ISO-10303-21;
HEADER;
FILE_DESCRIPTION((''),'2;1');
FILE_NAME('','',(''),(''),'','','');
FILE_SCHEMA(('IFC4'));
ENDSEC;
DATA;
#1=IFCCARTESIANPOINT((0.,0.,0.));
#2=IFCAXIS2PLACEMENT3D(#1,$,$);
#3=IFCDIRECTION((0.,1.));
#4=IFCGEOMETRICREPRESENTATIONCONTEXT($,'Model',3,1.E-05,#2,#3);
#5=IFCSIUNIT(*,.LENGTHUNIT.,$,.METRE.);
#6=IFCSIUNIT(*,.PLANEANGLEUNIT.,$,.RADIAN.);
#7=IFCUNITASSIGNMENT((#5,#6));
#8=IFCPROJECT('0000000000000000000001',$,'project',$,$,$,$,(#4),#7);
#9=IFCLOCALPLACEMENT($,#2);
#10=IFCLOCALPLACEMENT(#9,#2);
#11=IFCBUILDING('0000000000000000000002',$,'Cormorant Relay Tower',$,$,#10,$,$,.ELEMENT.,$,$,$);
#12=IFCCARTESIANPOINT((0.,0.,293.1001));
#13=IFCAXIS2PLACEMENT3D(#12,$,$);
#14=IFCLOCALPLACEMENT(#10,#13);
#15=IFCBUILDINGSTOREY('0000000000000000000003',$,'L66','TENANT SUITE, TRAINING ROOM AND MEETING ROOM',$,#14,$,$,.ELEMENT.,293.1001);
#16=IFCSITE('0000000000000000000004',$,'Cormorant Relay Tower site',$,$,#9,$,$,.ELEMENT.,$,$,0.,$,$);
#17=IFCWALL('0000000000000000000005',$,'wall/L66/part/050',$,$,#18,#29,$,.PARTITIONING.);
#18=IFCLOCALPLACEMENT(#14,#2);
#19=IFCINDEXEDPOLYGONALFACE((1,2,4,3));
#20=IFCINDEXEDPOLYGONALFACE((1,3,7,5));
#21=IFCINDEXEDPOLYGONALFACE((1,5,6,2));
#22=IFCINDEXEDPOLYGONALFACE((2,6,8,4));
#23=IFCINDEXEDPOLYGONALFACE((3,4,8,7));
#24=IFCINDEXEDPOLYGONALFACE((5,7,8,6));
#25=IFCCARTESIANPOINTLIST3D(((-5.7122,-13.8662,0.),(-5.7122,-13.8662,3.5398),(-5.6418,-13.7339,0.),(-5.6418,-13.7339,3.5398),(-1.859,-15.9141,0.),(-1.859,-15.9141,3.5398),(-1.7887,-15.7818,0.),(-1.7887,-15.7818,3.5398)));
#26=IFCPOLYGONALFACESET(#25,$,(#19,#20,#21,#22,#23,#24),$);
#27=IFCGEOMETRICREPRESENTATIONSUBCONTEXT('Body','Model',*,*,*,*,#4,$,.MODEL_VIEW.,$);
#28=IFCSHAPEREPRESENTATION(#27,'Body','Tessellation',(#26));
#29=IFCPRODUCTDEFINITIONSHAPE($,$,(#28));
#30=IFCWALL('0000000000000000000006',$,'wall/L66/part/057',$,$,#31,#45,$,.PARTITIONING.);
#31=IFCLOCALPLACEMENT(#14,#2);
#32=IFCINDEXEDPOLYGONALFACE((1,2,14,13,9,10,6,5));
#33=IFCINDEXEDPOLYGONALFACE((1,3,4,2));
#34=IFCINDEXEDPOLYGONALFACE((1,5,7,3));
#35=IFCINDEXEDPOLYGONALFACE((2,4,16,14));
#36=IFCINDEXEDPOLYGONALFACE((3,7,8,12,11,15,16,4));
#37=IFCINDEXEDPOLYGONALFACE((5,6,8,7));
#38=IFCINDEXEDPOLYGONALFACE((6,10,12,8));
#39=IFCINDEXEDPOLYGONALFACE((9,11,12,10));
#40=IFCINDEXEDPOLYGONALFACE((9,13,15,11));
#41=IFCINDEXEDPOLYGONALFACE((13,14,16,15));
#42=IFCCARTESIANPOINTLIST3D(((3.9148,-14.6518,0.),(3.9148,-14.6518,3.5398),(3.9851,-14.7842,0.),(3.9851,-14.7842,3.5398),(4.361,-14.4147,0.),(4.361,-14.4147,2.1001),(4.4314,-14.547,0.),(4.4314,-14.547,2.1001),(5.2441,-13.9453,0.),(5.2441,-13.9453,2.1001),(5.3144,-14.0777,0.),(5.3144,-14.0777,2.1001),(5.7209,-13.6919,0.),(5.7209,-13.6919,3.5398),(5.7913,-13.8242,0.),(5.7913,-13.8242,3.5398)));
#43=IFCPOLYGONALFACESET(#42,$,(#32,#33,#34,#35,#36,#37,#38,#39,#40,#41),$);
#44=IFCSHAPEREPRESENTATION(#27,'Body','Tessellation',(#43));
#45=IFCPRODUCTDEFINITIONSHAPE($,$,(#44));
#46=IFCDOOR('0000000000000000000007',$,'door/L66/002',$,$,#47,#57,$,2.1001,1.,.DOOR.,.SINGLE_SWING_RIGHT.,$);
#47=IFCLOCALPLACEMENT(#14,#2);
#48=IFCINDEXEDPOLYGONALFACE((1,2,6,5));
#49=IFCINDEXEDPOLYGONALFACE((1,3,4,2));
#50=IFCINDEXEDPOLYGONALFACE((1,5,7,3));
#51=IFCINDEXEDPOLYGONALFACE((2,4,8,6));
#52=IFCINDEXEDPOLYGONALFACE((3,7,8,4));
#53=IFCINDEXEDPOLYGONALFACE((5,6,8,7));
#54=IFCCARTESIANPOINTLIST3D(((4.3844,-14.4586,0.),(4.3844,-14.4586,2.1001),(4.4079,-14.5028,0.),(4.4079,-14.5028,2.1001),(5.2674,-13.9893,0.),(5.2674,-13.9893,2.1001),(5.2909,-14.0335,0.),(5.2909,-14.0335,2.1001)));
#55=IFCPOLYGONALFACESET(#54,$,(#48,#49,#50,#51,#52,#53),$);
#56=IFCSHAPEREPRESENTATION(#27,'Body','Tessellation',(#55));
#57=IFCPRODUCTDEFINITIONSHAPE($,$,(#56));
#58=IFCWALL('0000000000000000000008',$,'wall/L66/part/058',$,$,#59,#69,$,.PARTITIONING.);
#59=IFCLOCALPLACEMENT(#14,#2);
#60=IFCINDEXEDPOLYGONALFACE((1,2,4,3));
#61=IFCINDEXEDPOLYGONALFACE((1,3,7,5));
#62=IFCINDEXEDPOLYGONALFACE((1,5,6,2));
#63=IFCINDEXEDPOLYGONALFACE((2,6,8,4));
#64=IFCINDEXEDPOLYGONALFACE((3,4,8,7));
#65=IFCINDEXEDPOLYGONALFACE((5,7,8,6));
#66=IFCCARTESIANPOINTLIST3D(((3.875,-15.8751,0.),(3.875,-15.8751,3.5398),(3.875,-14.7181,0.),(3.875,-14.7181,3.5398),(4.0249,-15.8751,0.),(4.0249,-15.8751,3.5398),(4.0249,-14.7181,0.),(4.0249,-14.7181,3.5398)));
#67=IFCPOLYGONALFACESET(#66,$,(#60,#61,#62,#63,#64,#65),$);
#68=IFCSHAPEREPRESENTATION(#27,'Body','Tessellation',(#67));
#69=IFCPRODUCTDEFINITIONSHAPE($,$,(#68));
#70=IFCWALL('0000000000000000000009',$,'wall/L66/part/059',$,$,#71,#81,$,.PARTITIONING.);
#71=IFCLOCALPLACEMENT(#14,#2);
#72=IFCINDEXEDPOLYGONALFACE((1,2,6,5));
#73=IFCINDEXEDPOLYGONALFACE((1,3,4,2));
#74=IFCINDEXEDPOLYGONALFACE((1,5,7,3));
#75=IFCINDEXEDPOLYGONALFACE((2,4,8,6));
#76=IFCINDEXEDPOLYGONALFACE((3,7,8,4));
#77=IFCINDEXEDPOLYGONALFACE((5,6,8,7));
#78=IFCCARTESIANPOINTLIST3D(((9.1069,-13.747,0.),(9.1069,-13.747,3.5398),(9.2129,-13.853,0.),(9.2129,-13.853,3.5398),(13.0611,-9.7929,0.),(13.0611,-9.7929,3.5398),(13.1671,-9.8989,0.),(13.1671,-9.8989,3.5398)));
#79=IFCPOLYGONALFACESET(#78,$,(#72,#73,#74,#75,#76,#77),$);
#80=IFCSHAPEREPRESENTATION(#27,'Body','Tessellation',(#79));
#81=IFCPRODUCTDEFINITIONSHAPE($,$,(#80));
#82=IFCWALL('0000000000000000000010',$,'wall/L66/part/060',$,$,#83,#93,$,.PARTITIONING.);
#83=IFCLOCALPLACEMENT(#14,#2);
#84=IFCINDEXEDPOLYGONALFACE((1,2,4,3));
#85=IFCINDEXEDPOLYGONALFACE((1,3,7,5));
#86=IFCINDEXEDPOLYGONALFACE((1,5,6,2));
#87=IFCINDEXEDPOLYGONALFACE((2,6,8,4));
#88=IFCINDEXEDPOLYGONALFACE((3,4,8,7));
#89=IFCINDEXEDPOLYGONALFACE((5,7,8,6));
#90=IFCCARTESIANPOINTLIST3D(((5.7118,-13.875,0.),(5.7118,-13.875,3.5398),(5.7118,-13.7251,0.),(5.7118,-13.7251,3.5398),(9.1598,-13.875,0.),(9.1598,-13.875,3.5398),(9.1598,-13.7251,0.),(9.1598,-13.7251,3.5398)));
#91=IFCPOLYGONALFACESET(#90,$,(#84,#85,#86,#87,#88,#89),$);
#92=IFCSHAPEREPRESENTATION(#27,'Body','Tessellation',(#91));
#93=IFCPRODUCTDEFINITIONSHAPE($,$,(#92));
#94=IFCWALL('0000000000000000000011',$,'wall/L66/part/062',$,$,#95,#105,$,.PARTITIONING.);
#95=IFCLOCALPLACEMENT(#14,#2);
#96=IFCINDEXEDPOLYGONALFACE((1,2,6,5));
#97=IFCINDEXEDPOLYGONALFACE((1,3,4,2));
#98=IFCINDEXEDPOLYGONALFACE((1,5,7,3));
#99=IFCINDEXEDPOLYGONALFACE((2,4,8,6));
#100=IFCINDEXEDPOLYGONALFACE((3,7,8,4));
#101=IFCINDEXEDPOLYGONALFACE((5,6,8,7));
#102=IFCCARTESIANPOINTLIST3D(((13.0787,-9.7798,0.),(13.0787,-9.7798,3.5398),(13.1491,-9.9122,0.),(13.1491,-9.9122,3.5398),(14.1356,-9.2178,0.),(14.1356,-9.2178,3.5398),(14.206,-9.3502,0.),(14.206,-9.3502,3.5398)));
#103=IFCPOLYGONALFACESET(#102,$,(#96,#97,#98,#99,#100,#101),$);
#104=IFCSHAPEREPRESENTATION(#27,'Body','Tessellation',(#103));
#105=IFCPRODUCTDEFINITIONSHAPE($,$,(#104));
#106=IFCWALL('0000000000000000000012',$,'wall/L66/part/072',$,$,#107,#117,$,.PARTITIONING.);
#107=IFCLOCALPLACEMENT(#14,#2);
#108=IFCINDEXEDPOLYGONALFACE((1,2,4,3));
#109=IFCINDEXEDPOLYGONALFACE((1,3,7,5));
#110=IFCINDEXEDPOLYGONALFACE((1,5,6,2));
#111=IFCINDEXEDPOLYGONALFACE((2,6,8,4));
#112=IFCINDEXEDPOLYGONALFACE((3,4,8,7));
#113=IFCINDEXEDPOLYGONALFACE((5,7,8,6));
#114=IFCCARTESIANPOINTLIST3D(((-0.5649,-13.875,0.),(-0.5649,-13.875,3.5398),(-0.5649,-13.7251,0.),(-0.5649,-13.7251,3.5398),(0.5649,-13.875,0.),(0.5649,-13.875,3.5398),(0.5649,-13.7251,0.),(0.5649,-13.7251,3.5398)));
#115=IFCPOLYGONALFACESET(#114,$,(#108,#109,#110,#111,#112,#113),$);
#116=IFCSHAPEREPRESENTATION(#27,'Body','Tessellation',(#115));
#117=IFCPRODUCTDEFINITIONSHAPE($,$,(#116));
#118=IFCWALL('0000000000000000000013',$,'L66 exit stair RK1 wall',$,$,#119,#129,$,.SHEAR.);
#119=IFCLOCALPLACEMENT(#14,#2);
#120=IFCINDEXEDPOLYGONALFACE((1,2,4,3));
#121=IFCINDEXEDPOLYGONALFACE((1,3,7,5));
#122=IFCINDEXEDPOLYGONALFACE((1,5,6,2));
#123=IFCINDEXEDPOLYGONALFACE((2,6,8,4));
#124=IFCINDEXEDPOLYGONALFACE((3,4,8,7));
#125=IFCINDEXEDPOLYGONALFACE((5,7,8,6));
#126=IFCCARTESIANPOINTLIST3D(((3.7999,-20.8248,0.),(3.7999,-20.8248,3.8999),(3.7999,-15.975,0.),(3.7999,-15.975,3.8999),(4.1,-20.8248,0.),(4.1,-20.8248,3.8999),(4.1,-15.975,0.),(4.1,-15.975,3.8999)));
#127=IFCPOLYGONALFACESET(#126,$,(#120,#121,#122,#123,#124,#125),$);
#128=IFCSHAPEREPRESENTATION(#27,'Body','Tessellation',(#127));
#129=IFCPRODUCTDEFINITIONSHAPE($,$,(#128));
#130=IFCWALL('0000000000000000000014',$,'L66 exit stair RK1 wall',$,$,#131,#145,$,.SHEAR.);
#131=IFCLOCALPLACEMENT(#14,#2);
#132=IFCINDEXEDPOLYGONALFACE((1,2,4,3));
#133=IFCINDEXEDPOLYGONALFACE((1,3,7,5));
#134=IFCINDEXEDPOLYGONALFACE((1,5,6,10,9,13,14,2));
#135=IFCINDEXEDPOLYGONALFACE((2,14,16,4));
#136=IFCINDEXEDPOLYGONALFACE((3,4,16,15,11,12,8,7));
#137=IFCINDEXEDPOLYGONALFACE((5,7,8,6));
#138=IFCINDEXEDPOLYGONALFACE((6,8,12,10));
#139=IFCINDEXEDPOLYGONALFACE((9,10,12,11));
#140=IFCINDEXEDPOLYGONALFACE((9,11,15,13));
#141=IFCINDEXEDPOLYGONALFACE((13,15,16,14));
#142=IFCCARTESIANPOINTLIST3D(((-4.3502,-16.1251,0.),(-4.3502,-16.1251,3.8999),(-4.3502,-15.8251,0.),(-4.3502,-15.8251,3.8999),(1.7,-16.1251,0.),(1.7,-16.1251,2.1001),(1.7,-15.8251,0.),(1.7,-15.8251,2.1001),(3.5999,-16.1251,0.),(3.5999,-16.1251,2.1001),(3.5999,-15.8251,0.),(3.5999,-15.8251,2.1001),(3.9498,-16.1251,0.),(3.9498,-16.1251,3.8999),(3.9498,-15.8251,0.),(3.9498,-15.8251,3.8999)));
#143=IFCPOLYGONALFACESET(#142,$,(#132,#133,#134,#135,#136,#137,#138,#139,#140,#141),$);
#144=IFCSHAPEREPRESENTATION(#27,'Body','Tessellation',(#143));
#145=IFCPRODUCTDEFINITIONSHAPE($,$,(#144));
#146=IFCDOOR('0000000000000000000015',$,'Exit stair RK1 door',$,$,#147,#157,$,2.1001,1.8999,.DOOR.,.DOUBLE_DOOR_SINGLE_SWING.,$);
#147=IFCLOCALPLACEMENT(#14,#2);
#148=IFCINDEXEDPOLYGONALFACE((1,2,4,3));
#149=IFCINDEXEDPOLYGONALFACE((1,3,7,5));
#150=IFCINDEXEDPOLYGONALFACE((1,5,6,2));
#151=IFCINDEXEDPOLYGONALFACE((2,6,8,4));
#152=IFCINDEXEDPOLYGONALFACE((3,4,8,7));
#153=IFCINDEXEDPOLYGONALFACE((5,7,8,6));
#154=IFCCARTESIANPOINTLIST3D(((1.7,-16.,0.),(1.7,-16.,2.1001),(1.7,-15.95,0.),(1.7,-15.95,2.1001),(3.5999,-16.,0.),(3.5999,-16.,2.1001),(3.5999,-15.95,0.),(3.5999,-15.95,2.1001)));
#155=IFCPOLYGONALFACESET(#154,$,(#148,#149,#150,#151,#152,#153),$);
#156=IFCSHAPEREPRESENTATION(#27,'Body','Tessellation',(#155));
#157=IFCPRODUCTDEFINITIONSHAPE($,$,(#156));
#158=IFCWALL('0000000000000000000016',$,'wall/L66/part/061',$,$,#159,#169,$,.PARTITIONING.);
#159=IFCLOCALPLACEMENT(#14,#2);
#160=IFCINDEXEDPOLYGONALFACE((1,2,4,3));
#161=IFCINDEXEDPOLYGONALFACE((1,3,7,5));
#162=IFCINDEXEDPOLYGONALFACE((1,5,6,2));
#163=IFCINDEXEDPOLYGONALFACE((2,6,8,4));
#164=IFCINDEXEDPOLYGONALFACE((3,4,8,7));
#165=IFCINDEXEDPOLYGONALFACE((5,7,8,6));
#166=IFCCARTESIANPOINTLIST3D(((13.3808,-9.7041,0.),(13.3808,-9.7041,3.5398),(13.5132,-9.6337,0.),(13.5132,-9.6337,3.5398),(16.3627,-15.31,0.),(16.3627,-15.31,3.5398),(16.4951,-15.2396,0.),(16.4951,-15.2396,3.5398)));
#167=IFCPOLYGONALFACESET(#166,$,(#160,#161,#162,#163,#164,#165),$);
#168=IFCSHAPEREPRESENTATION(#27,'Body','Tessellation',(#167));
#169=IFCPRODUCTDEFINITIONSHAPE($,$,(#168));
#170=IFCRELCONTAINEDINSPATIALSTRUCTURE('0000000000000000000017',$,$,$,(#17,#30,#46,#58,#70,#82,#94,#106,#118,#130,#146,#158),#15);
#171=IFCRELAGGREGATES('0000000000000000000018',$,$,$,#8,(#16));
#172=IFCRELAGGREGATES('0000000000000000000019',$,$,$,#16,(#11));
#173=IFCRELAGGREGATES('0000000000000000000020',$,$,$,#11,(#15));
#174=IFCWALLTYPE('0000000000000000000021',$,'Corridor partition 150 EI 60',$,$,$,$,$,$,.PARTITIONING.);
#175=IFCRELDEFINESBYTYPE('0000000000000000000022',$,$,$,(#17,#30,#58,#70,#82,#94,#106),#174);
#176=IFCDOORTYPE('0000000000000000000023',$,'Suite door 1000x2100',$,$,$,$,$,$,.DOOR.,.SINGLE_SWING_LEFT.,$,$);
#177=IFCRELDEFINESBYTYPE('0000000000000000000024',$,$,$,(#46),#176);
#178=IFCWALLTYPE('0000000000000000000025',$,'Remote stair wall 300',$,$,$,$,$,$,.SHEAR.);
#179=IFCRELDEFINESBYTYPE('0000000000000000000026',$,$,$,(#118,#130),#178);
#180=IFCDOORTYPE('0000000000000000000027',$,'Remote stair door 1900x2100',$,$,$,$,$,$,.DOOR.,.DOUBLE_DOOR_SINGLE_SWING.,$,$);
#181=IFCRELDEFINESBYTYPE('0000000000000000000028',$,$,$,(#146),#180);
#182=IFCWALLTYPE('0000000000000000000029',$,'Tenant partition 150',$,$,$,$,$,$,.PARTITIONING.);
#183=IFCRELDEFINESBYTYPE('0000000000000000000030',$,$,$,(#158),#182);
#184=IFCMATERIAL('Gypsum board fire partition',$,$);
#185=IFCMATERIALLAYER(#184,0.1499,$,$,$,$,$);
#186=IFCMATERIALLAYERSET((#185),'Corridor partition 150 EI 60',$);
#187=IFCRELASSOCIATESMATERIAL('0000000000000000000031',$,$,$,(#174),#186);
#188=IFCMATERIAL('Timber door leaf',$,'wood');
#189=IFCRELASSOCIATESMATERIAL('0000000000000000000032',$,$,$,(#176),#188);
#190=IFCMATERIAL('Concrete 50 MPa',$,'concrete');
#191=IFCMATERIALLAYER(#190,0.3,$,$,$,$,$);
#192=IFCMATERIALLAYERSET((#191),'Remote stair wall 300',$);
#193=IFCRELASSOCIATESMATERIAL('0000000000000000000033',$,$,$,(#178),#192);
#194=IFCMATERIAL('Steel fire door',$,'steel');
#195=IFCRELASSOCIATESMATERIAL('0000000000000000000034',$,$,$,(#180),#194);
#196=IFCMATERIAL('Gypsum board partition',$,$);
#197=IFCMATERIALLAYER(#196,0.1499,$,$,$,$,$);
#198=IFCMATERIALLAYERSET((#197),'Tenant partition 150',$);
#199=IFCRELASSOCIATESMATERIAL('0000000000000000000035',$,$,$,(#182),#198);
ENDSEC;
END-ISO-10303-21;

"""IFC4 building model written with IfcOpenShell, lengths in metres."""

from ifc_helpers import new_model, si_unit, direction, frame, frame_2d, origin, place, context, subcontext, project, spatial, rectangle, extrude, material, layer, layer_set, type_object, element, fill, save


model = new_model("IFC4")

# Units and contexts
model_context = context("Model", 3, precision=1e-05, world=origin(), true_north=direction((0.0, 1.0)))
body_context = subcontext(model_context, "Body", "Model", "MODEL_VIEW")
ifc_project = project(units=[si_unit("LENGTHUNIT", "METRE"), si_unit("PLANEANGLEUNIT", "RADIAN")], contexts=[model_context])

# Site, building, storey
site_placement = place(None, origin())
site = spatial("IfcSite", under=ifc_project, at=site_placement, Name="Cormorant Relay Tower site", CompositionType="ELEMENT", RefElevation=0.0)
building_placement = place(site_placement, origin())
building = spatial("IfcBuilding", under=site, at=building_placement, Name="Cormorant Relay Tower", CompositionType="ELEMENT")
storey_placement = place(building_placement, frame((0.0, 0.0, 293.1001)))
storey = spatial("IfcBuildingStorey", under=building, at=storey_placement, Name="L66", Description="TENANT SUITE, TRAINING ROOM AND MEETING ROOM", CompositionType="ELEMENT", Elevation=293.1001)

# Shared definitions
ifc_material_1 = material(Name="Gypsum board fire partition")
ifc_layer_1 = layer(ifc_material_1, 0.1499)
ifc_layer_set_1 = layer_set([ifc_layer_1], Name="Corridor partition 150 EI 60")
wall_type_1 = type_object("IfcWallType", Name="Corridor partition 150 EI 60", PredefinedType="PARTITIONING", material=ifc_layer_set_1)
ifc_material_2 = material(Name="Timber door leaf", Category="wood")
door_type_1 = type_object("IfcDoorType", Name="Suite door 1000x2100", OperationType="SINGLE_SWING_LEFT", PredefinedType="DOOR", material=ifc_material_2)

# Wall
wall_1_placement = place(storey_placement, frame((-1.824, -15.8479, 0.0), z_axis=(0.0, 0.0, 1.0), x_axis=(-0.883027, 0.469322, 0.0)))
element("IfcWall", 1, at=wall_1_placement, inside=storey, type_object=wall_type_1, Name="wall/L66/part/050", PredefinedType="PARTITIONING", context=body_context, shape_type="SweptSolid", body=[
    extrude(rectangle(XDim=4.3635, YDim=0.1499, at=frame_2d((2.1816, 0.0))), origin(), (0.0, 0.0, 1.0), 3.5398),
])

# Wall, opening, door
wall_2_placement = place(storey_placement, frame((5.7561, -13.7581, 0.0), z_axis=(0.0, 0.0, 1.0), x_axis=(-0.883026, -0.469324, 0.0)))
wall_2 = element("IfcWall", 2, at=wall_2_placement, inside=storey, type_object=wall_type_1, Name="wall/L66/part/057", PredefinedType="PARTITIONING", context=body_context, shape_type="SweptSolid", body=[
    extrude(rectangle(XDim=2.0454, YDim=0.1499, at=frame_2d((1.0227, 0.0))), origin(), (0.0, 0.0, 1.0), 3.5398),
])
opening_1_placement = place(wall_2_placement, frame((0.54, 0.0, 0.0)))
opening_1 = element("IfcOpeningElement", 3, at=opening_1_placement, cuts=wall_2, PredefinedType="OPENING", context=body_context, shape_type="SweptSolid", body=[
    extrude(rectangle(XDim=1.0, YDim=2.1001, at=frame_2d((0.5, 1.05))), frame((0.0, 0.085, 0.0), z_axis=(0.0, -1.0, 0.0), x_axis=(1.0, 0.0, 0.0)), (0.0, 0.0, 1.0), 0.1699),
])
door_1_placement = place(opening_1_placement, origin())
door_1 = element("IfcDoor", 4, at=door_1_placement, inside=storey, type_object=door_type_1, Name="door/L66/002", OperationType="SINGLE_SWING_RIGHT", OverallHeight=2.1001, OverallWidth=1.0, PredefinedType="DOOR", context=body_context, shape_type="SweptSolid", body=[
    extrude(rectangle(XDim=1.0, YDim=2.1001, at=frame_2d((0.5, 1.05))), frame((0.0, 0.0249, 0.0), z_axis=(0.0, -1.0, 0.0), x_axis=(1.0, 0.0, 0.0)), (0.0, 0.0, 1.0), 0.05),
])
fill(opening_1, door_1)

# Walls
wall_3_placement = place(storey_placement, frame((3.95, -14.718, 0.0), z_axis=(0.0, 0.0, 1.0), x_axis=(0.0, -1.0, 0.0)))
element("IfcWall", 5, at=wall_3_placement, inside=storey, type_object=wall_type_1, Name="wall/L66/part/058", PredefinedType="PARTITIONING", context=body_context, shape_type="SweptSolid", body=[
    extrude(rectangle(XDim=1.157, YDim=0.1499, at=frame_2d((0.5786, 0.0))), origin(), (0.0, 0.0, 1.0), 3.5398),
])
wall_4_placement = place(storey_placement, frame((13.114, -9.8459, 0.0), z_axis=(0.0, 0.0, 1.0), x_axis=(-0.707107, -0.707107, 0.0)))
element("IfcWall", 6, at=wall_4_placement, inside=storey, type_object=wall_type_1, Name="wall/L66/part/059", PredefinedType="PARTITIONING", context=body_context, shape_type="SweptSolid", body=[
    extrude(rectangle(XDim=5.592, YDim=0.1499, at=frame_2d((2.7959, 0.0))), origin(), (0.0, 0.0, 1.0), 3.5398),
])
wall_5_placement = place(storey_placement, frame((9.1599, -13.8, 0.0), z_axis=(0.0, 0.0, 1.0), x_axis=(-1.0, 0.0, 0.0)))
element("IfcWall", 7, at=wall_5_placement, inside=storey, type_object=wall_type_1, Name="wall/L66/part/060", PredefinedType="PARTITIONING", context=body_context, shape_type="SweptSolid", body=[
    extrude(rectangle(XDim=3.448, YDim=0.1499, at=frame_2d((1.7241, 0.0))), origin(), (0.0, 0.0, 1.0), 3.5398),
])
wall_6_placement = place(storey_placement, frame((14.1709, -9.2839, 0.0), z_axis=(0.0, 0.0, 1.0), x_axis=(-0.882928, -0.469508, 0.0)))
element("IfcWall", 8, at=wall_6_placement, inside=storey, type_object=wall_type_1, Name="wall/L66/part/062", PredefinedType="PARTITIONING", context=body_context, shape_type="SweptSolid", body=[
    extrude(rectangle(XDim=1.197, YDim=0.1499, at=frame_2d((0.5986, 0.0))), origin(), (0.0, 0.0, 1.0), 3.5398),
])
wall_7_placement = place(storey_placement, frame((0.5649, -13.8, 0.0), z_axis=(0.0, 0.0, 1.0), x_axis=(-1.0, 0.0, 0.0)))
element("IfcWall", 9, at=wall_7_placement, inside=storey, type_object=wall_type_1, Name="wall/L66/part/072", PredefinedType="PARTITIONING", context=body_context, shape_type="SweptSolid", body=[
    extrude(rectangle(XDim=1.1299, YDim=0.1499, at=frame_2d((0.5649, 0.0))), origin(), (0.0, 0.0, 1.0), 3.5398),
])
ifc_material_3 = material(Name="Concrete 50 MPa", Category="concrete")
ifc_layer_2 = layer(ifc_material_3, 0.3)
ifc_layer_set_2 = layer_set([ifc_layer_2], Name="Remote stair wall 300")
wall_type_2 = type_object("IfcWallType", Name="Remote stair wall 300", PredefinedType="SHEAR", material=ifc_layer_set_2)
wall_8_placement = place(storey_placement, frame((3.95, -15.9751, 0.0), z_axis=(0.0, 0.0, 1.0), x_axis=(0.0, -1.0, 0.0)))
element("IfcWall", 10, at=wall_8_placement, inside=storey, type_object=wall_type_2, Name="L66 exit stair RK1 wall", PredefinedType="SHEAR", context=body_context, shape_type="SweptSolid", body=[
    extrude(rectangle(XDim=4.8499, YDim=0.3, at=frame_2d((2.4248, 0.0))), origin(), (0.0, 0.0, 1.0), 3.8999),
])

# Wall, opening, door
wall_9_placement = place(storey_placement, frame((-4.3501, -15.9751, 0.0), z_axis=(0.0, 0.0, 1.0), x_axis=(1.0, 0.0, 0.0)))
wall_9 = element("IfcWall", 11, at=wall_9_placement, inside=storey, type_object=wall_type_2, Name="L66 exit stair RK1 wall", PredefinedType="SHEAR", context=body_context, shape_type="SweptSolid", body=[
    extrude(rectangle(XDim=8.3, YDim=0.3, at=frame_2d((4.1499, 0.0))), origin(), (0.0, 0.0, 1.0), 3.8999),
])
opening_2_placement = place(wall_9_placement, frame((6.05, 0.0, 0.0)))
opening_2 = element("IfcOpeningElement", 12, at=opening_2_placement, cuts=wall_9, PredefinedType="OPENING", context=body_context, shape_type="SweptSolid", body=[
    extrude(rectangle(XDim=1.8999, YDim=2.1001, at=frame_2d((0.95, 1.05))), frame((0.0, 0.1599, 0.0), z_axis=(0.0, -1.0, 0.0), x_axis=(1.0, 0.0, 0.0)), (0.0, 0.0, 1.0), 0.3201),
])
ifc_material_4 = material(Name="Steel fire door", Category="steel")
door_type_2 = type_object("IfcDoorType", Name="Remote stair door 1900x2100", OperationType="DOUBLE_DOOR_SINGLE_SWING", PredefinedType="DOOR", material=ifc_material_4)
door_2_placement = place(opening_2_placement, frame((1.8999, 0.0, 0.0), z_axis=(0.0, 0.0, 1.0), x_axis=(-1.0, 0.0, 0.0)))
door_2 = element("IfcDoor", 13, at=door_2_placement, inside=storey, type_object=door_type_2, Name="Exit stair RK1 door", OperationType="DOUBLE_DOOR_SINGLE_SWING", OverallHeight=2.1001, OverallWidth=1.8999, PredefinedType="DOOR", context=body_context, shape_type="SweptSolid", body=[
    extrude(rectangle(XDim=1.8999, YDim=2.1001, at=frame_2d((0.95, 1.05))), frame((0.0, 0.0249, 0.0), z_axis=(0.0, -1.0, 0.0), x_axis=(1.0, 0.0, 0.0)), (0.0, 0.0, 1.0), 0.05),
])
fill(opening_2, door_2)

# Wall
ifc_material_5 = material(Name="Gypsum board partition")
ifc_layer_3 = layer(ifc_material_5, 0.1499)
ifc_layer_set_3 = layer_set([ifc_layer_3], Name="Tenant partition 150")
wall_type_3 = type_object("IfcWallType", Name="Tenant partition 150", PredefinedType="PARTITIONING", material=ifc_layer_set_3)
wall_10_placement = place(storey_placement, frame((13.447, -9.6689, 0.0), z_axis=(0.0, 0.0, 1.0), x_axis=(0.469618, -0.88287, 0.0)))
element("IfcWall", 14, at=wall_10_placement, inside=storey, type_object=wall_type_3, Name="wall/L66/part/061", PredefinedType="PARTITIONING", context=body_context, shape_type="SweptSolid", body=[
    extrude(rectangle(XDim=6.3496, YDim=0.1499, at=frame_2d((3.1748, 0.0))), origin(), (0.0, 0.0, 1.0), 3.5398),
])

save(model, "model.ifc")
